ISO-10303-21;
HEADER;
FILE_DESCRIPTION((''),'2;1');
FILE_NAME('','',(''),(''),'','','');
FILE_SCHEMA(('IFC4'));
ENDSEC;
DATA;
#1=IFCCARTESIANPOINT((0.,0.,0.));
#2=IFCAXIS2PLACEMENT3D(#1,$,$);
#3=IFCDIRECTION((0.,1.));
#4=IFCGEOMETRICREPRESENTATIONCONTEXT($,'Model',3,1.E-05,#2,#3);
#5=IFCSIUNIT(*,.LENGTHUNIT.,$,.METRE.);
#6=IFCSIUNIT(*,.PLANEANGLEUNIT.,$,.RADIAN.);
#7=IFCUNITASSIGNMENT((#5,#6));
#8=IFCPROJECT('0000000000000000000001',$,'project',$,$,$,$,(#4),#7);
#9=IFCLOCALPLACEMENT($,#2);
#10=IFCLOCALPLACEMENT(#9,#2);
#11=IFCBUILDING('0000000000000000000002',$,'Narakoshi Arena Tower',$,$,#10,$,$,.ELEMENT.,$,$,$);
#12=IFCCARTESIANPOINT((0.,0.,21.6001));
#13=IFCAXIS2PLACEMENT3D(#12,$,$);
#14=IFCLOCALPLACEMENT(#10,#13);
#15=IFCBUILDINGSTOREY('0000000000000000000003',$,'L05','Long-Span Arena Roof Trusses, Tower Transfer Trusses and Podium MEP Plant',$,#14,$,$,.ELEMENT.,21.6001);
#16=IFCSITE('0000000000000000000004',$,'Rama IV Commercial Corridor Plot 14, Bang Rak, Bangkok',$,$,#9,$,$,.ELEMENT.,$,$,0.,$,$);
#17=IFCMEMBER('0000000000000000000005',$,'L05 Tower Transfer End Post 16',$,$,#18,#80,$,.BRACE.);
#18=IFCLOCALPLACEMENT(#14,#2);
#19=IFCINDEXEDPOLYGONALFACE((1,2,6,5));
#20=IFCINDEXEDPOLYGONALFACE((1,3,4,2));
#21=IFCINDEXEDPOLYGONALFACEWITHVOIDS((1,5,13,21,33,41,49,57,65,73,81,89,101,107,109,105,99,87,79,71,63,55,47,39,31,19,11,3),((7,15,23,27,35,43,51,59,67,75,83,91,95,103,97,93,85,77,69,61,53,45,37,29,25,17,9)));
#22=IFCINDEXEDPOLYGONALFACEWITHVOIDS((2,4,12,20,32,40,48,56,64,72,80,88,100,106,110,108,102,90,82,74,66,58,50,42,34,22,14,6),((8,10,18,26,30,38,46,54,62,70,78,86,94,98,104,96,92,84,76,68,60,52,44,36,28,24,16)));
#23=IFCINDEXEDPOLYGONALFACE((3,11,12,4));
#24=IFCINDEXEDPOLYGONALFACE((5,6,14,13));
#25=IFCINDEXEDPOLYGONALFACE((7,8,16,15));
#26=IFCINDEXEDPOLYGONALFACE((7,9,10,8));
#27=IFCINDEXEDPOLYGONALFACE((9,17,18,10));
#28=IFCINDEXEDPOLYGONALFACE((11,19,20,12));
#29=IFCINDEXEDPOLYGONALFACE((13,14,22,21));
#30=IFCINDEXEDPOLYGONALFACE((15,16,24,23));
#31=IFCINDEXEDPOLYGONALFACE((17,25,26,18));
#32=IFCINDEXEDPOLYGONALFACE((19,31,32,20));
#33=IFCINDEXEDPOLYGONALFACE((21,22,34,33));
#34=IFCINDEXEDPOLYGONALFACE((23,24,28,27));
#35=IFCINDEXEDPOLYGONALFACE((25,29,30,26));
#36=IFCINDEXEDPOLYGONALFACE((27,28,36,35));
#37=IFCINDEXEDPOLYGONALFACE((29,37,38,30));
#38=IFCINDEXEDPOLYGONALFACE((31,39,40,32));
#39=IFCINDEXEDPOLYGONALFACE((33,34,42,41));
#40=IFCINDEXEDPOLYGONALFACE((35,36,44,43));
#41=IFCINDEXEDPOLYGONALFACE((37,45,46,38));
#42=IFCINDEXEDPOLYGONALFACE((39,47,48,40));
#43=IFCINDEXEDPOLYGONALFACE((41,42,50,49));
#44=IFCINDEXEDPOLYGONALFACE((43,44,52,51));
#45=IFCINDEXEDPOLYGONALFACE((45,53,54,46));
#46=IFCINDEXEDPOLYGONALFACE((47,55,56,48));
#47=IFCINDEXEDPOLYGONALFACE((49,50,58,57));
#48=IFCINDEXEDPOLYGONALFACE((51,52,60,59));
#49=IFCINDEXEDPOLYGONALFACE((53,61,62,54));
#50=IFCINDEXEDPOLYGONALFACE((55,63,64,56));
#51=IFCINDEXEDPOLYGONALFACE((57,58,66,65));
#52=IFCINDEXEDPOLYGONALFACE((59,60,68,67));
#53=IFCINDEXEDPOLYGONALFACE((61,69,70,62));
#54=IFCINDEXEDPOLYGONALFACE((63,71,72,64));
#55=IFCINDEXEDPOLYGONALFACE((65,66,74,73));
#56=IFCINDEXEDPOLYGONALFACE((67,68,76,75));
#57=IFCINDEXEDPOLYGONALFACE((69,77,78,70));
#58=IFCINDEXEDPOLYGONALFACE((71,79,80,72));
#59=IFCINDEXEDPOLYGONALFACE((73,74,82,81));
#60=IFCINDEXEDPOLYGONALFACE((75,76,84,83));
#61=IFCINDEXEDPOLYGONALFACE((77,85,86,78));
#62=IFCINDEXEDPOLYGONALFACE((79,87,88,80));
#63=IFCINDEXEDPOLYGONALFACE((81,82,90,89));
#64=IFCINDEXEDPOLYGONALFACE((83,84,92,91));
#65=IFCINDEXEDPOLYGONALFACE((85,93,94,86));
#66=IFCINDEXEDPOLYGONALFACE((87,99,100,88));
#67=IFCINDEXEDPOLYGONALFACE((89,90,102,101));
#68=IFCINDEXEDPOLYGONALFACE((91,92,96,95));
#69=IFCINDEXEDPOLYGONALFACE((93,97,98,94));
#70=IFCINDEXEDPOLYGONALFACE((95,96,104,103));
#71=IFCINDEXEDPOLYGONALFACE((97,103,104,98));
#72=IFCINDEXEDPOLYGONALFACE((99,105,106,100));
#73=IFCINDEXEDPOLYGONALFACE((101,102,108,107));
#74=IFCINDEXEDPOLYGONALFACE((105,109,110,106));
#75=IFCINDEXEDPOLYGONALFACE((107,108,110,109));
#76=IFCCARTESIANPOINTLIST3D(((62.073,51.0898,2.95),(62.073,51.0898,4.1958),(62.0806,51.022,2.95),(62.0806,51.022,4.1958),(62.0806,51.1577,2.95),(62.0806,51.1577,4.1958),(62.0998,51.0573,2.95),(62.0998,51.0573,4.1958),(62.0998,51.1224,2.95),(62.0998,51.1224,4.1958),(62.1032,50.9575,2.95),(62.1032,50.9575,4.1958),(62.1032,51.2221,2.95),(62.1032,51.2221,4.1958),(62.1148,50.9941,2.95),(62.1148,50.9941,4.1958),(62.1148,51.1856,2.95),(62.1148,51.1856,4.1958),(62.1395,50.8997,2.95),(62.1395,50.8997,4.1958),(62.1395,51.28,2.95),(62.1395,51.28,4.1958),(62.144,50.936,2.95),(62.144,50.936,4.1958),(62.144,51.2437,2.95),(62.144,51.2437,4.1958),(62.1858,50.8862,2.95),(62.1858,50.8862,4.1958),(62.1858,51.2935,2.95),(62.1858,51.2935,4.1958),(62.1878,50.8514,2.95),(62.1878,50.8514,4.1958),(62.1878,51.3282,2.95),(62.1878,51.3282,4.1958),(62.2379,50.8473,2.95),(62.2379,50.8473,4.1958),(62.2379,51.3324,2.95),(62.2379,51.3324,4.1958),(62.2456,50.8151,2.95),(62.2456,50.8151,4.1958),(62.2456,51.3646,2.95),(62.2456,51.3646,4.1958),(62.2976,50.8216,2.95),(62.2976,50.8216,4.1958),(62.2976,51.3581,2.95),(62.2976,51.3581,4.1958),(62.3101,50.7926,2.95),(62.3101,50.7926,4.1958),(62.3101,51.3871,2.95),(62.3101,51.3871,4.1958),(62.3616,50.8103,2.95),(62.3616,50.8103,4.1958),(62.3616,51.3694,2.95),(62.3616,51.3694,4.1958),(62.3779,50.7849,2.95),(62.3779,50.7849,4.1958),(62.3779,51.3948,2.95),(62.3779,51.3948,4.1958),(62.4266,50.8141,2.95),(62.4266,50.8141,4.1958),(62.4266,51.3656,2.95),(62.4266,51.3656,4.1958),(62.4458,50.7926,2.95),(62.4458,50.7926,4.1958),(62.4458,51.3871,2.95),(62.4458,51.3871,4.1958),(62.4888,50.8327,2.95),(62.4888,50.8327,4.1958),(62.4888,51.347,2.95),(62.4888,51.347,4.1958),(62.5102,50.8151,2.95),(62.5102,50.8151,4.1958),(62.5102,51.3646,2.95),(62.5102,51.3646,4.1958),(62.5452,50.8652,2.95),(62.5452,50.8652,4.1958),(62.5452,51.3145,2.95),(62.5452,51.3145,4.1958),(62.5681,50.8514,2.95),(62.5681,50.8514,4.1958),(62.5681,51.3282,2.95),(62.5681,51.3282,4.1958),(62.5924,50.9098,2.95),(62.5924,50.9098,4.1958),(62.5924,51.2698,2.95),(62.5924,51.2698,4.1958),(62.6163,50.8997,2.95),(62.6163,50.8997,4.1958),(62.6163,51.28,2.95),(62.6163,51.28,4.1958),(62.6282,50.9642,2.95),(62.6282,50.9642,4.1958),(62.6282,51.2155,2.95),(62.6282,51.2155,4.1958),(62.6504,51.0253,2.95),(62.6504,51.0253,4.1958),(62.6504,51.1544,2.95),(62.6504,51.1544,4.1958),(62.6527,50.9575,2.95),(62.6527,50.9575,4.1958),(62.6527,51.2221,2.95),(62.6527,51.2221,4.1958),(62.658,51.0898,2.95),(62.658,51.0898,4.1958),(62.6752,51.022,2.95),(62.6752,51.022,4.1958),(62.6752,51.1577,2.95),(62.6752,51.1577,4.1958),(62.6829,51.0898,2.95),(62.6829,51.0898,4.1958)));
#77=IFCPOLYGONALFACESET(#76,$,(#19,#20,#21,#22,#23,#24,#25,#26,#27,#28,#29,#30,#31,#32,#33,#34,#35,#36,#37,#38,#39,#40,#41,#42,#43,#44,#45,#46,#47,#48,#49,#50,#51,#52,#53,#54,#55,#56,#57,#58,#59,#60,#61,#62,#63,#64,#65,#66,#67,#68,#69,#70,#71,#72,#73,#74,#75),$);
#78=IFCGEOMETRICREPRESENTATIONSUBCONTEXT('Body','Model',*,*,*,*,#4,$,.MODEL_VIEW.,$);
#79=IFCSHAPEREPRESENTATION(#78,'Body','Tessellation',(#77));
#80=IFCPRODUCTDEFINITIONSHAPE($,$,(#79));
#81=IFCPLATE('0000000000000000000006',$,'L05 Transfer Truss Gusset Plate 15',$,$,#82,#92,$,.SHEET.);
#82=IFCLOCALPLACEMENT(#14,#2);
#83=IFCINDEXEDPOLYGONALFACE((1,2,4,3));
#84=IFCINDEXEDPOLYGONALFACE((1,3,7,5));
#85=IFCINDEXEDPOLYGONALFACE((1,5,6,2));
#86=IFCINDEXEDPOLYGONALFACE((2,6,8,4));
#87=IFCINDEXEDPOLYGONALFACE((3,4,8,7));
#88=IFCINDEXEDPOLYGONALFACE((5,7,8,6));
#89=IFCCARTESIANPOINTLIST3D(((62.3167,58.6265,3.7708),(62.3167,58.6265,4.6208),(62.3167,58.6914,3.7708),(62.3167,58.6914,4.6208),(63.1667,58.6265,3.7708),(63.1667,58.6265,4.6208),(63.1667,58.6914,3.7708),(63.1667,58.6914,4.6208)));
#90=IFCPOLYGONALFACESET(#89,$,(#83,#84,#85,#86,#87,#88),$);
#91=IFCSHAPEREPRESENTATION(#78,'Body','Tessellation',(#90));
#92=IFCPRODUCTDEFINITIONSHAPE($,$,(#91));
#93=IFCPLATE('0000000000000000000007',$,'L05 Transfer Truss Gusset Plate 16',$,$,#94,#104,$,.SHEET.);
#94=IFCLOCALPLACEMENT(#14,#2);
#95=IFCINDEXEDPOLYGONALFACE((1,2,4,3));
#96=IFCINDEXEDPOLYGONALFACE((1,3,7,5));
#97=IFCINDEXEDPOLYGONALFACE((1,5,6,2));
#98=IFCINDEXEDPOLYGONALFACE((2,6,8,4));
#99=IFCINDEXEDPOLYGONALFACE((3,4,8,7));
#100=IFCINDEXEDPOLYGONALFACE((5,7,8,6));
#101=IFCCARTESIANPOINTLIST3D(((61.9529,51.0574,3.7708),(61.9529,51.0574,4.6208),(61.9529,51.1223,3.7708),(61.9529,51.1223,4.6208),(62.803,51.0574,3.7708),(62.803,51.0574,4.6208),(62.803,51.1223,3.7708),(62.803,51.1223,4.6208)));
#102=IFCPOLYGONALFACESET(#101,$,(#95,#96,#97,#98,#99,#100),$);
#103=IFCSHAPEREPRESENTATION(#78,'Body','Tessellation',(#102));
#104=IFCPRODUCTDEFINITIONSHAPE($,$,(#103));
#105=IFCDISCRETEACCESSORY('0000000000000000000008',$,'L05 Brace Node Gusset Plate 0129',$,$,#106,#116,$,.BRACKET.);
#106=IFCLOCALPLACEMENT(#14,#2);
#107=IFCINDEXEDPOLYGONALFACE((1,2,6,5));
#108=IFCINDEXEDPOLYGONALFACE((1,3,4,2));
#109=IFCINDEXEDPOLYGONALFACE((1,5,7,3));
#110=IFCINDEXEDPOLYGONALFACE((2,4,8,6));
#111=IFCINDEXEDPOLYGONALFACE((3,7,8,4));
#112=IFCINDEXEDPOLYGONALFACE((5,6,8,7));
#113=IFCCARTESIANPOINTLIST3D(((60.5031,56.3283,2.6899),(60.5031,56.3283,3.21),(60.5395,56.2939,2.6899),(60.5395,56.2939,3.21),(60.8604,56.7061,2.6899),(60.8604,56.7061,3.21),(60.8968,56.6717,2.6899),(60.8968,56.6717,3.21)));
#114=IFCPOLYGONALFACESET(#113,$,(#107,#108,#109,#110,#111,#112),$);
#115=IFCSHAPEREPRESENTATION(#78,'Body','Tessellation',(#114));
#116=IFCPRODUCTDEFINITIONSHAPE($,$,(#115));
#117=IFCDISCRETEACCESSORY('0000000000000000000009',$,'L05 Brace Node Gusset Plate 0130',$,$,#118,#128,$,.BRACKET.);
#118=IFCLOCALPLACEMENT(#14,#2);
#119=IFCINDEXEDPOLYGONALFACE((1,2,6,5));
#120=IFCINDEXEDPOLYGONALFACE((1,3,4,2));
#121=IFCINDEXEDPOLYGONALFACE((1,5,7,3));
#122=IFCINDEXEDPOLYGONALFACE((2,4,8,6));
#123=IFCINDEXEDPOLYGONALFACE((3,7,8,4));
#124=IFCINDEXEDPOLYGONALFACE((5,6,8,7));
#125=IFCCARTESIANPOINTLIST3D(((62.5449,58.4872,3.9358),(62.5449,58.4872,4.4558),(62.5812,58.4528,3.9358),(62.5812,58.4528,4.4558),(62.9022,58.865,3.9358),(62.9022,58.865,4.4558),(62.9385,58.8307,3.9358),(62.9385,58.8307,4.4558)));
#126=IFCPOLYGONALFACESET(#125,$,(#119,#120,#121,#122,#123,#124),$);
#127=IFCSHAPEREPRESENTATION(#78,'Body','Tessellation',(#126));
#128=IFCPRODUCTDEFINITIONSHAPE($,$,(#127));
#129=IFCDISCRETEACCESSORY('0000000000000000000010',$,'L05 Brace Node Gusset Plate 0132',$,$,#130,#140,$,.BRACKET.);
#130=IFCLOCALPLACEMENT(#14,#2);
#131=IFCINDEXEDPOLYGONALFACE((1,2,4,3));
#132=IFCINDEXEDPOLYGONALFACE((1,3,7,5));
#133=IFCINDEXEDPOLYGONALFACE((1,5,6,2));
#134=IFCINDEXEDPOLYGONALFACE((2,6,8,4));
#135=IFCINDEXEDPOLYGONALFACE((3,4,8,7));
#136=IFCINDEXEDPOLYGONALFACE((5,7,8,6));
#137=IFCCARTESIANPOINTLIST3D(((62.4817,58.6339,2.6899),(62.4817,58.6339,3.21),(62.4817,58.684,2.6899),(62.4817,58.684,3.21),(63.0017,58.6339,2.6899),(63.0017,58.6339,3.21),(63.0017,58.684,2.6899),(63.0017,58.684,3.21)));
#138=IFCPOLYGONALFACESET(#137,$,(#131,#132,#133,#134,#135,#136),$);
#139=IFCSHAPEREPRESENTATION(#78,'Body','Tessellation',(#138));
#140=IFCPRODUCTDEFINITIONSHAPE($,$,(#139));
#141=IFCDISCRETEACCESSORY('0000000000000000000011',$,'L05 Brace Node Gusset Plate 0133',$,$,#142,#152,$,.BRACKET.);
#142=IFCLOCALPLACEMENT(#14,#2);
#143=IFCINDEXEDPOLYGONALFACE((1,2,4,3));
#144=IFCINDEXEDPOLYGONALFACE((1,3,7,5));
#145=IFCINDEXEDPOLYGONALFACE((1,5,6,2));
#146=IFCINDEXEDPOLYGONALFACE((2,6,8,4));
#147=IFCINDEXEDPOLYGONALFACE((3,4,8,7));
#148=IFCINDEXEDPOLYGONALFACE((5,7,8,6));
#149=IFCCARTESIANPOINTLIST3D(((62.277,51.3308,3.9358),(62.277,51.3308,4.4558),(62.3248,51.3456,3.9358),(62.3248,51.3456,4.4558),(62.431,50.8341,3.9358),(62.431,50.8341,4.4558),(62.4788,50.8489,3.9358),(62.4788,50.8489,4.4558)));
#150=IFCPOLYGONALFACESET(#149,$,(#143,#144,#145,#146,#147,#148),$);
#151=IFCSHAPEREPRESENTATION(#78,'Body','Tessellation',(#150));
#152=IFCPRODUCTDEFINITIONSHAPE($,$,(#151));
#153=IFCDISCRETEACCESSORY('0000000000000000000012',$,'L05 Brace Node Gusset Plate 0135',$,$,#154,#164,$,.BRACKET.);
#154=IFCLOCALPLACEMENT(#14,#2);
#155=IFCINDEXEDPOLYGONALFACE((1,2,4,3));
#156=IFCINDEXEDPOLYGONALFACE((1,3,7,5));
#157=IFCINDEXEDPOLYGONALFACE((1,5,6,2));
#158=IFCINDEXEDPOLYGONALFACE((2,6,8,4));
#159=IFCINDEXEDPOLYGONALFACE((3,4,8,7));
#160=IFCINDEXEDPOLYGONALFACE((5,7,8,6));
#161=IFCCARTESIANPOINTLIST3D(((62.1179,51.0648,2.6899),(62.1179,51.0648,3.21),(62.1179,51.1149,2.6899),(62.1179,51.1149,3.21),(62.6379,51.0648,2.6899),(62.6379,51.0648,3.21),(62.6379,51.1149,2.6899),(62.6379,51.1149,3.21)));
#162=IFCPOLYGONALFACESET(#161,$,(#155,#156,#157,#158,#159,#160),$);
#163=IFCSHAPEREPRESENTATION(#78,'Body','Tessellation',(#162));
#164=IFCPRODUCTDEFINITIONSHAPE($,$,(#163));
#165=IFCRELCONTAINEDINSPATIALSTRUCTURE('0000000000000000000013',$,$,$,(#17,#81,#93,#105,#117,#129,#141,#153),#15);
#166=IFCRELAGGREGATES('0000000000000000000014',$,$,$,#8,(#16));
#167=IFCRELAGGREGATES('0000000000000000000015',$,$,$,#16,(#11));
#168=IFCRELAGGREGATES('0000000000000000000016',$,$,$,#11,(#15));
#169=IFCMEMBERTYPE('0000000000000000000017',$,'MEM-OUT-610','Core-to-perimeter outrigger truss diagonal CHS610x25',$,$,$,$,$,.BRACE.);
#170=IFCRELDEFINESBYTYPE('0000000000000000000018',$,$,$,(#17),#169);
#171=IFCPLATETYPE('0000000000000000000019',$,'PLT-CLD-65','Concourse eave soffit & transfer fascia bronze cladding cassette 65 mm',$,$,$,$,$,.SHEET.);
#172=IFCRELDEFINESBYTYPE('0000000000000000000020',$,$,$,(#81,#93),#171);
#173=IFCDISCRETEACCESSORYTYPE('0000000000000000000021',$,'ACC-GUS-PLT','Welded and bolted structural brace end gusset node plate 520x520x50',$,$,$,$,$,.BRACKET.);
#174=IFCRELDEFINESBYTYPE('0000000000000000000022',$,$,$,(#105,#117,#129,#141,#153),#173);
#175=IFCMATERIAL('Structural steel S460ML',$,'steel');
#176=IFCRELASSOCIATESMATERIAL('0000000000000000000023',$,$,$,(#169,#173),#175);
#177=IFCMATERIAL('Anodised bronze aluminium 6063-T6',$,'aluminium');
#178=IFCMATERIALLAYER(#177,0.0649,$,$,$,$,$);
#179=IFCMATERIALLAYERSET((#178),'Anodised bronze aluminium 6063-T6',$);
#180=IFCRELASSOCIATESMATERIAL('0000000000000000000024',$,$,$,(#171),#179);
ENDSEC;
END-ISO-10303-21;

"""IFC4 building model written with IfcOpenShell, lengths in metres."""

from ifc_helpers import new_model, si_unit, direction, frame, origin, origin_2d, place, context, subcontext, project, spatial, rectangle, hollow_circle, extrude, material, layer, layer_set, material_profile, profile_set, type_object, element, save


model = new_model("IFC4")

# Units and contexts
model_context = context("Model", 3, precision=1e-05, world=origin(), true_north=direction((0.0, 1.0)))
body_context = subcontext(model_context, "Body", "Model", "MODEL_VIEW")
ifc_project = project(units=[si_unit("LENGTHUNIT", "METRE"), si_unit("PLANEANGLEUNIT", "RADIAN")], contexts=[model_context])

# Site, building, storey
site_placement = place(None, origin())
site = spatial("IfcSite", under=ifc_project, at=site_placement, Name="Rama IV Commercial Corridor Plot 14, Bang Rak, Bangkok", CompositionType="ELEMENT", RefElevation=0.0)
building_placement = place(site_placement, origin())
building = spatial("IfcBuilding", under=site, at=building_placement, Name="Narakoshi Arena Tower", CompositionType="ELEMENT")
storey_placement = place(building_placement, frame((0.0, 0.0, 21.6001)))
storey = spatial("IfcBuildingStorey", under=building, at=storey_placement, Name="L05", Description="Long-Span Arena Roof Trusses, Tower Transfer Trusses and Podium MEP Plant", CompositionType="ELEMENT", Elevation=21.6001)

# Shared definitions
ifc_material_1 = material(Name="Structural steel S460ML", Category="steel")

# Member
ifc_material_profile_1 = material_profile(ifc_material_1, hollow_circle(Radius=0.3049, WallThickness=0.0249, at=origin_2d()), Name="CHS610x25")
ifc_profile_set_1 = profile_set([ifc_material_profile_1], Name="Structural steel S460ML")
member_type = type_object("IfcMemberType", Name="MEM-OUT-610", Description="Core-to-perimeter outrigger truss diagonal CHS610x25", PredefinedType="BRACE", material=ifc_profile_set_1)
member_1_placement = place(storey_placement, frame((62.3779, 51.0898, 2.95), z_axis=(0.0, 0.0, 1.0), x_axis=(1.0, 0.0, 0.0)))
element("IfcMember", 1, at=member_1_placement, inside=storey, type_object=member_type, Name="L05 Tower Transfer End Post 16", PredefinedType="BRACE", context=body_context, shape_type="SweptSolid", body=[
    extrude(hollow_circle(Radius=0.3049, WallThickness=0.0249, at=origin_2d()), origin(), (0.0, 0.0, 1.0), 1.2458),
])

# Plates
ifc_material_2 = material(Name="Anodised bronze aluminium 6063-T6", Category="aluminium")
ifc_layer = layer(ifc_material_2, 0.0649)
ifc_layer_set = layer_set([ifc_layer], Name="Anodised bronze aluminium 6063-T6")
plate_type = type_object("IfcPlateType", Name="PLT-CLD-65", Description="Concourse eave soffit & transfer fascia bronze cladding cassette 65 mm", PredefinedType="SHEET", material=ifc_layer_set)
for number, where, z_axis, x_axis, name in (
    (2, (62.7417, 58.6589, 3.7708), (0.0, 0.0, 1.0), (1.0, 0.0, 0.0), "L05 Transfer Truss Gusset Plate 15"),
    (3, (62.3779, 51.0898, 3.7708), (0.0, 0.0, 1.0), (1.0, 0.0, 0.0), "L05 Transfer Truss Gusset Plate 16"),
):
    element("IfcPlate", number, at=place(storey_placement, frame(where, z_axis=z_axis, x_axis=x_axis)), inside=storey, type_object=plate_type, Name=name, PredefinedType="SHEET", context=body_context, shape_type="SweptSolid", body=[
        extrude(rectangle(XDim=0.8501, YDim=0.0649, at=origin_2d()), origin(), (0.0, 0.0, 1.0), 0.8501),
    ])

# Discrete accessories
discrete_accessory_type = type_object("IfcDiscreteAccessoryType", Name="ACC-GUS-PLT", Description="Welded and bolted structural brace end gusset node plate 520x520x50", PredefinedType="BRACKET", material=ifc_material_1)
for number, where, z_axis, x_axis, name in (
    (4, (60.7, 56.5, 2.6899), (0.0, 0.0, 1.0), (0.687088, 0.726575, 0.0), "L05 Brace Node Gusset Plate 0129"),
    (5, (62.7417, 58.6589, 3.9358), (0.0, 0.0, 1.0), (0.687088, 0.726575, 0.0), "L05 Brace Node Gusset Plate 0130"),
    (6, (62.7417, 58.6589, 2.6899), (0.0, 0.0, 1.0), (1.0, 0.0, 0.0), "L05 Brace Node Gusset Plate 0132"),
    (7, (62.3779, 51.0898, 3.9358), (0.0, 0.0, 1.0), (-0.296208, 0.955123, 0.0), "L05 Brace Node Gusset Plate 0133"),
    (8, (62.3779, 51.0898, 2.6899), (0.0, 0.0, 1.0), (1.0, 0.0, 0.0), "L05 Brace Node Gusset Plate 0135"),
):
    element("IfcDiscreteAccessory", number, at=place(storey_placement, frame(where, z_axis=z_axis, x_axis=x_axis)), inside=storey, type_object=discrete_accessory_type, Name=name, PredefinedType="BRACKET", context=body_context, shape_type="SweptSolid", body=[
        extrude(rectangle(XDim=0.52, YDim=0.05, at=origin_2d()), origin(), (0.0, 0.0, 1.0), 0.52),
    ])

save(model, "model.ifc")
